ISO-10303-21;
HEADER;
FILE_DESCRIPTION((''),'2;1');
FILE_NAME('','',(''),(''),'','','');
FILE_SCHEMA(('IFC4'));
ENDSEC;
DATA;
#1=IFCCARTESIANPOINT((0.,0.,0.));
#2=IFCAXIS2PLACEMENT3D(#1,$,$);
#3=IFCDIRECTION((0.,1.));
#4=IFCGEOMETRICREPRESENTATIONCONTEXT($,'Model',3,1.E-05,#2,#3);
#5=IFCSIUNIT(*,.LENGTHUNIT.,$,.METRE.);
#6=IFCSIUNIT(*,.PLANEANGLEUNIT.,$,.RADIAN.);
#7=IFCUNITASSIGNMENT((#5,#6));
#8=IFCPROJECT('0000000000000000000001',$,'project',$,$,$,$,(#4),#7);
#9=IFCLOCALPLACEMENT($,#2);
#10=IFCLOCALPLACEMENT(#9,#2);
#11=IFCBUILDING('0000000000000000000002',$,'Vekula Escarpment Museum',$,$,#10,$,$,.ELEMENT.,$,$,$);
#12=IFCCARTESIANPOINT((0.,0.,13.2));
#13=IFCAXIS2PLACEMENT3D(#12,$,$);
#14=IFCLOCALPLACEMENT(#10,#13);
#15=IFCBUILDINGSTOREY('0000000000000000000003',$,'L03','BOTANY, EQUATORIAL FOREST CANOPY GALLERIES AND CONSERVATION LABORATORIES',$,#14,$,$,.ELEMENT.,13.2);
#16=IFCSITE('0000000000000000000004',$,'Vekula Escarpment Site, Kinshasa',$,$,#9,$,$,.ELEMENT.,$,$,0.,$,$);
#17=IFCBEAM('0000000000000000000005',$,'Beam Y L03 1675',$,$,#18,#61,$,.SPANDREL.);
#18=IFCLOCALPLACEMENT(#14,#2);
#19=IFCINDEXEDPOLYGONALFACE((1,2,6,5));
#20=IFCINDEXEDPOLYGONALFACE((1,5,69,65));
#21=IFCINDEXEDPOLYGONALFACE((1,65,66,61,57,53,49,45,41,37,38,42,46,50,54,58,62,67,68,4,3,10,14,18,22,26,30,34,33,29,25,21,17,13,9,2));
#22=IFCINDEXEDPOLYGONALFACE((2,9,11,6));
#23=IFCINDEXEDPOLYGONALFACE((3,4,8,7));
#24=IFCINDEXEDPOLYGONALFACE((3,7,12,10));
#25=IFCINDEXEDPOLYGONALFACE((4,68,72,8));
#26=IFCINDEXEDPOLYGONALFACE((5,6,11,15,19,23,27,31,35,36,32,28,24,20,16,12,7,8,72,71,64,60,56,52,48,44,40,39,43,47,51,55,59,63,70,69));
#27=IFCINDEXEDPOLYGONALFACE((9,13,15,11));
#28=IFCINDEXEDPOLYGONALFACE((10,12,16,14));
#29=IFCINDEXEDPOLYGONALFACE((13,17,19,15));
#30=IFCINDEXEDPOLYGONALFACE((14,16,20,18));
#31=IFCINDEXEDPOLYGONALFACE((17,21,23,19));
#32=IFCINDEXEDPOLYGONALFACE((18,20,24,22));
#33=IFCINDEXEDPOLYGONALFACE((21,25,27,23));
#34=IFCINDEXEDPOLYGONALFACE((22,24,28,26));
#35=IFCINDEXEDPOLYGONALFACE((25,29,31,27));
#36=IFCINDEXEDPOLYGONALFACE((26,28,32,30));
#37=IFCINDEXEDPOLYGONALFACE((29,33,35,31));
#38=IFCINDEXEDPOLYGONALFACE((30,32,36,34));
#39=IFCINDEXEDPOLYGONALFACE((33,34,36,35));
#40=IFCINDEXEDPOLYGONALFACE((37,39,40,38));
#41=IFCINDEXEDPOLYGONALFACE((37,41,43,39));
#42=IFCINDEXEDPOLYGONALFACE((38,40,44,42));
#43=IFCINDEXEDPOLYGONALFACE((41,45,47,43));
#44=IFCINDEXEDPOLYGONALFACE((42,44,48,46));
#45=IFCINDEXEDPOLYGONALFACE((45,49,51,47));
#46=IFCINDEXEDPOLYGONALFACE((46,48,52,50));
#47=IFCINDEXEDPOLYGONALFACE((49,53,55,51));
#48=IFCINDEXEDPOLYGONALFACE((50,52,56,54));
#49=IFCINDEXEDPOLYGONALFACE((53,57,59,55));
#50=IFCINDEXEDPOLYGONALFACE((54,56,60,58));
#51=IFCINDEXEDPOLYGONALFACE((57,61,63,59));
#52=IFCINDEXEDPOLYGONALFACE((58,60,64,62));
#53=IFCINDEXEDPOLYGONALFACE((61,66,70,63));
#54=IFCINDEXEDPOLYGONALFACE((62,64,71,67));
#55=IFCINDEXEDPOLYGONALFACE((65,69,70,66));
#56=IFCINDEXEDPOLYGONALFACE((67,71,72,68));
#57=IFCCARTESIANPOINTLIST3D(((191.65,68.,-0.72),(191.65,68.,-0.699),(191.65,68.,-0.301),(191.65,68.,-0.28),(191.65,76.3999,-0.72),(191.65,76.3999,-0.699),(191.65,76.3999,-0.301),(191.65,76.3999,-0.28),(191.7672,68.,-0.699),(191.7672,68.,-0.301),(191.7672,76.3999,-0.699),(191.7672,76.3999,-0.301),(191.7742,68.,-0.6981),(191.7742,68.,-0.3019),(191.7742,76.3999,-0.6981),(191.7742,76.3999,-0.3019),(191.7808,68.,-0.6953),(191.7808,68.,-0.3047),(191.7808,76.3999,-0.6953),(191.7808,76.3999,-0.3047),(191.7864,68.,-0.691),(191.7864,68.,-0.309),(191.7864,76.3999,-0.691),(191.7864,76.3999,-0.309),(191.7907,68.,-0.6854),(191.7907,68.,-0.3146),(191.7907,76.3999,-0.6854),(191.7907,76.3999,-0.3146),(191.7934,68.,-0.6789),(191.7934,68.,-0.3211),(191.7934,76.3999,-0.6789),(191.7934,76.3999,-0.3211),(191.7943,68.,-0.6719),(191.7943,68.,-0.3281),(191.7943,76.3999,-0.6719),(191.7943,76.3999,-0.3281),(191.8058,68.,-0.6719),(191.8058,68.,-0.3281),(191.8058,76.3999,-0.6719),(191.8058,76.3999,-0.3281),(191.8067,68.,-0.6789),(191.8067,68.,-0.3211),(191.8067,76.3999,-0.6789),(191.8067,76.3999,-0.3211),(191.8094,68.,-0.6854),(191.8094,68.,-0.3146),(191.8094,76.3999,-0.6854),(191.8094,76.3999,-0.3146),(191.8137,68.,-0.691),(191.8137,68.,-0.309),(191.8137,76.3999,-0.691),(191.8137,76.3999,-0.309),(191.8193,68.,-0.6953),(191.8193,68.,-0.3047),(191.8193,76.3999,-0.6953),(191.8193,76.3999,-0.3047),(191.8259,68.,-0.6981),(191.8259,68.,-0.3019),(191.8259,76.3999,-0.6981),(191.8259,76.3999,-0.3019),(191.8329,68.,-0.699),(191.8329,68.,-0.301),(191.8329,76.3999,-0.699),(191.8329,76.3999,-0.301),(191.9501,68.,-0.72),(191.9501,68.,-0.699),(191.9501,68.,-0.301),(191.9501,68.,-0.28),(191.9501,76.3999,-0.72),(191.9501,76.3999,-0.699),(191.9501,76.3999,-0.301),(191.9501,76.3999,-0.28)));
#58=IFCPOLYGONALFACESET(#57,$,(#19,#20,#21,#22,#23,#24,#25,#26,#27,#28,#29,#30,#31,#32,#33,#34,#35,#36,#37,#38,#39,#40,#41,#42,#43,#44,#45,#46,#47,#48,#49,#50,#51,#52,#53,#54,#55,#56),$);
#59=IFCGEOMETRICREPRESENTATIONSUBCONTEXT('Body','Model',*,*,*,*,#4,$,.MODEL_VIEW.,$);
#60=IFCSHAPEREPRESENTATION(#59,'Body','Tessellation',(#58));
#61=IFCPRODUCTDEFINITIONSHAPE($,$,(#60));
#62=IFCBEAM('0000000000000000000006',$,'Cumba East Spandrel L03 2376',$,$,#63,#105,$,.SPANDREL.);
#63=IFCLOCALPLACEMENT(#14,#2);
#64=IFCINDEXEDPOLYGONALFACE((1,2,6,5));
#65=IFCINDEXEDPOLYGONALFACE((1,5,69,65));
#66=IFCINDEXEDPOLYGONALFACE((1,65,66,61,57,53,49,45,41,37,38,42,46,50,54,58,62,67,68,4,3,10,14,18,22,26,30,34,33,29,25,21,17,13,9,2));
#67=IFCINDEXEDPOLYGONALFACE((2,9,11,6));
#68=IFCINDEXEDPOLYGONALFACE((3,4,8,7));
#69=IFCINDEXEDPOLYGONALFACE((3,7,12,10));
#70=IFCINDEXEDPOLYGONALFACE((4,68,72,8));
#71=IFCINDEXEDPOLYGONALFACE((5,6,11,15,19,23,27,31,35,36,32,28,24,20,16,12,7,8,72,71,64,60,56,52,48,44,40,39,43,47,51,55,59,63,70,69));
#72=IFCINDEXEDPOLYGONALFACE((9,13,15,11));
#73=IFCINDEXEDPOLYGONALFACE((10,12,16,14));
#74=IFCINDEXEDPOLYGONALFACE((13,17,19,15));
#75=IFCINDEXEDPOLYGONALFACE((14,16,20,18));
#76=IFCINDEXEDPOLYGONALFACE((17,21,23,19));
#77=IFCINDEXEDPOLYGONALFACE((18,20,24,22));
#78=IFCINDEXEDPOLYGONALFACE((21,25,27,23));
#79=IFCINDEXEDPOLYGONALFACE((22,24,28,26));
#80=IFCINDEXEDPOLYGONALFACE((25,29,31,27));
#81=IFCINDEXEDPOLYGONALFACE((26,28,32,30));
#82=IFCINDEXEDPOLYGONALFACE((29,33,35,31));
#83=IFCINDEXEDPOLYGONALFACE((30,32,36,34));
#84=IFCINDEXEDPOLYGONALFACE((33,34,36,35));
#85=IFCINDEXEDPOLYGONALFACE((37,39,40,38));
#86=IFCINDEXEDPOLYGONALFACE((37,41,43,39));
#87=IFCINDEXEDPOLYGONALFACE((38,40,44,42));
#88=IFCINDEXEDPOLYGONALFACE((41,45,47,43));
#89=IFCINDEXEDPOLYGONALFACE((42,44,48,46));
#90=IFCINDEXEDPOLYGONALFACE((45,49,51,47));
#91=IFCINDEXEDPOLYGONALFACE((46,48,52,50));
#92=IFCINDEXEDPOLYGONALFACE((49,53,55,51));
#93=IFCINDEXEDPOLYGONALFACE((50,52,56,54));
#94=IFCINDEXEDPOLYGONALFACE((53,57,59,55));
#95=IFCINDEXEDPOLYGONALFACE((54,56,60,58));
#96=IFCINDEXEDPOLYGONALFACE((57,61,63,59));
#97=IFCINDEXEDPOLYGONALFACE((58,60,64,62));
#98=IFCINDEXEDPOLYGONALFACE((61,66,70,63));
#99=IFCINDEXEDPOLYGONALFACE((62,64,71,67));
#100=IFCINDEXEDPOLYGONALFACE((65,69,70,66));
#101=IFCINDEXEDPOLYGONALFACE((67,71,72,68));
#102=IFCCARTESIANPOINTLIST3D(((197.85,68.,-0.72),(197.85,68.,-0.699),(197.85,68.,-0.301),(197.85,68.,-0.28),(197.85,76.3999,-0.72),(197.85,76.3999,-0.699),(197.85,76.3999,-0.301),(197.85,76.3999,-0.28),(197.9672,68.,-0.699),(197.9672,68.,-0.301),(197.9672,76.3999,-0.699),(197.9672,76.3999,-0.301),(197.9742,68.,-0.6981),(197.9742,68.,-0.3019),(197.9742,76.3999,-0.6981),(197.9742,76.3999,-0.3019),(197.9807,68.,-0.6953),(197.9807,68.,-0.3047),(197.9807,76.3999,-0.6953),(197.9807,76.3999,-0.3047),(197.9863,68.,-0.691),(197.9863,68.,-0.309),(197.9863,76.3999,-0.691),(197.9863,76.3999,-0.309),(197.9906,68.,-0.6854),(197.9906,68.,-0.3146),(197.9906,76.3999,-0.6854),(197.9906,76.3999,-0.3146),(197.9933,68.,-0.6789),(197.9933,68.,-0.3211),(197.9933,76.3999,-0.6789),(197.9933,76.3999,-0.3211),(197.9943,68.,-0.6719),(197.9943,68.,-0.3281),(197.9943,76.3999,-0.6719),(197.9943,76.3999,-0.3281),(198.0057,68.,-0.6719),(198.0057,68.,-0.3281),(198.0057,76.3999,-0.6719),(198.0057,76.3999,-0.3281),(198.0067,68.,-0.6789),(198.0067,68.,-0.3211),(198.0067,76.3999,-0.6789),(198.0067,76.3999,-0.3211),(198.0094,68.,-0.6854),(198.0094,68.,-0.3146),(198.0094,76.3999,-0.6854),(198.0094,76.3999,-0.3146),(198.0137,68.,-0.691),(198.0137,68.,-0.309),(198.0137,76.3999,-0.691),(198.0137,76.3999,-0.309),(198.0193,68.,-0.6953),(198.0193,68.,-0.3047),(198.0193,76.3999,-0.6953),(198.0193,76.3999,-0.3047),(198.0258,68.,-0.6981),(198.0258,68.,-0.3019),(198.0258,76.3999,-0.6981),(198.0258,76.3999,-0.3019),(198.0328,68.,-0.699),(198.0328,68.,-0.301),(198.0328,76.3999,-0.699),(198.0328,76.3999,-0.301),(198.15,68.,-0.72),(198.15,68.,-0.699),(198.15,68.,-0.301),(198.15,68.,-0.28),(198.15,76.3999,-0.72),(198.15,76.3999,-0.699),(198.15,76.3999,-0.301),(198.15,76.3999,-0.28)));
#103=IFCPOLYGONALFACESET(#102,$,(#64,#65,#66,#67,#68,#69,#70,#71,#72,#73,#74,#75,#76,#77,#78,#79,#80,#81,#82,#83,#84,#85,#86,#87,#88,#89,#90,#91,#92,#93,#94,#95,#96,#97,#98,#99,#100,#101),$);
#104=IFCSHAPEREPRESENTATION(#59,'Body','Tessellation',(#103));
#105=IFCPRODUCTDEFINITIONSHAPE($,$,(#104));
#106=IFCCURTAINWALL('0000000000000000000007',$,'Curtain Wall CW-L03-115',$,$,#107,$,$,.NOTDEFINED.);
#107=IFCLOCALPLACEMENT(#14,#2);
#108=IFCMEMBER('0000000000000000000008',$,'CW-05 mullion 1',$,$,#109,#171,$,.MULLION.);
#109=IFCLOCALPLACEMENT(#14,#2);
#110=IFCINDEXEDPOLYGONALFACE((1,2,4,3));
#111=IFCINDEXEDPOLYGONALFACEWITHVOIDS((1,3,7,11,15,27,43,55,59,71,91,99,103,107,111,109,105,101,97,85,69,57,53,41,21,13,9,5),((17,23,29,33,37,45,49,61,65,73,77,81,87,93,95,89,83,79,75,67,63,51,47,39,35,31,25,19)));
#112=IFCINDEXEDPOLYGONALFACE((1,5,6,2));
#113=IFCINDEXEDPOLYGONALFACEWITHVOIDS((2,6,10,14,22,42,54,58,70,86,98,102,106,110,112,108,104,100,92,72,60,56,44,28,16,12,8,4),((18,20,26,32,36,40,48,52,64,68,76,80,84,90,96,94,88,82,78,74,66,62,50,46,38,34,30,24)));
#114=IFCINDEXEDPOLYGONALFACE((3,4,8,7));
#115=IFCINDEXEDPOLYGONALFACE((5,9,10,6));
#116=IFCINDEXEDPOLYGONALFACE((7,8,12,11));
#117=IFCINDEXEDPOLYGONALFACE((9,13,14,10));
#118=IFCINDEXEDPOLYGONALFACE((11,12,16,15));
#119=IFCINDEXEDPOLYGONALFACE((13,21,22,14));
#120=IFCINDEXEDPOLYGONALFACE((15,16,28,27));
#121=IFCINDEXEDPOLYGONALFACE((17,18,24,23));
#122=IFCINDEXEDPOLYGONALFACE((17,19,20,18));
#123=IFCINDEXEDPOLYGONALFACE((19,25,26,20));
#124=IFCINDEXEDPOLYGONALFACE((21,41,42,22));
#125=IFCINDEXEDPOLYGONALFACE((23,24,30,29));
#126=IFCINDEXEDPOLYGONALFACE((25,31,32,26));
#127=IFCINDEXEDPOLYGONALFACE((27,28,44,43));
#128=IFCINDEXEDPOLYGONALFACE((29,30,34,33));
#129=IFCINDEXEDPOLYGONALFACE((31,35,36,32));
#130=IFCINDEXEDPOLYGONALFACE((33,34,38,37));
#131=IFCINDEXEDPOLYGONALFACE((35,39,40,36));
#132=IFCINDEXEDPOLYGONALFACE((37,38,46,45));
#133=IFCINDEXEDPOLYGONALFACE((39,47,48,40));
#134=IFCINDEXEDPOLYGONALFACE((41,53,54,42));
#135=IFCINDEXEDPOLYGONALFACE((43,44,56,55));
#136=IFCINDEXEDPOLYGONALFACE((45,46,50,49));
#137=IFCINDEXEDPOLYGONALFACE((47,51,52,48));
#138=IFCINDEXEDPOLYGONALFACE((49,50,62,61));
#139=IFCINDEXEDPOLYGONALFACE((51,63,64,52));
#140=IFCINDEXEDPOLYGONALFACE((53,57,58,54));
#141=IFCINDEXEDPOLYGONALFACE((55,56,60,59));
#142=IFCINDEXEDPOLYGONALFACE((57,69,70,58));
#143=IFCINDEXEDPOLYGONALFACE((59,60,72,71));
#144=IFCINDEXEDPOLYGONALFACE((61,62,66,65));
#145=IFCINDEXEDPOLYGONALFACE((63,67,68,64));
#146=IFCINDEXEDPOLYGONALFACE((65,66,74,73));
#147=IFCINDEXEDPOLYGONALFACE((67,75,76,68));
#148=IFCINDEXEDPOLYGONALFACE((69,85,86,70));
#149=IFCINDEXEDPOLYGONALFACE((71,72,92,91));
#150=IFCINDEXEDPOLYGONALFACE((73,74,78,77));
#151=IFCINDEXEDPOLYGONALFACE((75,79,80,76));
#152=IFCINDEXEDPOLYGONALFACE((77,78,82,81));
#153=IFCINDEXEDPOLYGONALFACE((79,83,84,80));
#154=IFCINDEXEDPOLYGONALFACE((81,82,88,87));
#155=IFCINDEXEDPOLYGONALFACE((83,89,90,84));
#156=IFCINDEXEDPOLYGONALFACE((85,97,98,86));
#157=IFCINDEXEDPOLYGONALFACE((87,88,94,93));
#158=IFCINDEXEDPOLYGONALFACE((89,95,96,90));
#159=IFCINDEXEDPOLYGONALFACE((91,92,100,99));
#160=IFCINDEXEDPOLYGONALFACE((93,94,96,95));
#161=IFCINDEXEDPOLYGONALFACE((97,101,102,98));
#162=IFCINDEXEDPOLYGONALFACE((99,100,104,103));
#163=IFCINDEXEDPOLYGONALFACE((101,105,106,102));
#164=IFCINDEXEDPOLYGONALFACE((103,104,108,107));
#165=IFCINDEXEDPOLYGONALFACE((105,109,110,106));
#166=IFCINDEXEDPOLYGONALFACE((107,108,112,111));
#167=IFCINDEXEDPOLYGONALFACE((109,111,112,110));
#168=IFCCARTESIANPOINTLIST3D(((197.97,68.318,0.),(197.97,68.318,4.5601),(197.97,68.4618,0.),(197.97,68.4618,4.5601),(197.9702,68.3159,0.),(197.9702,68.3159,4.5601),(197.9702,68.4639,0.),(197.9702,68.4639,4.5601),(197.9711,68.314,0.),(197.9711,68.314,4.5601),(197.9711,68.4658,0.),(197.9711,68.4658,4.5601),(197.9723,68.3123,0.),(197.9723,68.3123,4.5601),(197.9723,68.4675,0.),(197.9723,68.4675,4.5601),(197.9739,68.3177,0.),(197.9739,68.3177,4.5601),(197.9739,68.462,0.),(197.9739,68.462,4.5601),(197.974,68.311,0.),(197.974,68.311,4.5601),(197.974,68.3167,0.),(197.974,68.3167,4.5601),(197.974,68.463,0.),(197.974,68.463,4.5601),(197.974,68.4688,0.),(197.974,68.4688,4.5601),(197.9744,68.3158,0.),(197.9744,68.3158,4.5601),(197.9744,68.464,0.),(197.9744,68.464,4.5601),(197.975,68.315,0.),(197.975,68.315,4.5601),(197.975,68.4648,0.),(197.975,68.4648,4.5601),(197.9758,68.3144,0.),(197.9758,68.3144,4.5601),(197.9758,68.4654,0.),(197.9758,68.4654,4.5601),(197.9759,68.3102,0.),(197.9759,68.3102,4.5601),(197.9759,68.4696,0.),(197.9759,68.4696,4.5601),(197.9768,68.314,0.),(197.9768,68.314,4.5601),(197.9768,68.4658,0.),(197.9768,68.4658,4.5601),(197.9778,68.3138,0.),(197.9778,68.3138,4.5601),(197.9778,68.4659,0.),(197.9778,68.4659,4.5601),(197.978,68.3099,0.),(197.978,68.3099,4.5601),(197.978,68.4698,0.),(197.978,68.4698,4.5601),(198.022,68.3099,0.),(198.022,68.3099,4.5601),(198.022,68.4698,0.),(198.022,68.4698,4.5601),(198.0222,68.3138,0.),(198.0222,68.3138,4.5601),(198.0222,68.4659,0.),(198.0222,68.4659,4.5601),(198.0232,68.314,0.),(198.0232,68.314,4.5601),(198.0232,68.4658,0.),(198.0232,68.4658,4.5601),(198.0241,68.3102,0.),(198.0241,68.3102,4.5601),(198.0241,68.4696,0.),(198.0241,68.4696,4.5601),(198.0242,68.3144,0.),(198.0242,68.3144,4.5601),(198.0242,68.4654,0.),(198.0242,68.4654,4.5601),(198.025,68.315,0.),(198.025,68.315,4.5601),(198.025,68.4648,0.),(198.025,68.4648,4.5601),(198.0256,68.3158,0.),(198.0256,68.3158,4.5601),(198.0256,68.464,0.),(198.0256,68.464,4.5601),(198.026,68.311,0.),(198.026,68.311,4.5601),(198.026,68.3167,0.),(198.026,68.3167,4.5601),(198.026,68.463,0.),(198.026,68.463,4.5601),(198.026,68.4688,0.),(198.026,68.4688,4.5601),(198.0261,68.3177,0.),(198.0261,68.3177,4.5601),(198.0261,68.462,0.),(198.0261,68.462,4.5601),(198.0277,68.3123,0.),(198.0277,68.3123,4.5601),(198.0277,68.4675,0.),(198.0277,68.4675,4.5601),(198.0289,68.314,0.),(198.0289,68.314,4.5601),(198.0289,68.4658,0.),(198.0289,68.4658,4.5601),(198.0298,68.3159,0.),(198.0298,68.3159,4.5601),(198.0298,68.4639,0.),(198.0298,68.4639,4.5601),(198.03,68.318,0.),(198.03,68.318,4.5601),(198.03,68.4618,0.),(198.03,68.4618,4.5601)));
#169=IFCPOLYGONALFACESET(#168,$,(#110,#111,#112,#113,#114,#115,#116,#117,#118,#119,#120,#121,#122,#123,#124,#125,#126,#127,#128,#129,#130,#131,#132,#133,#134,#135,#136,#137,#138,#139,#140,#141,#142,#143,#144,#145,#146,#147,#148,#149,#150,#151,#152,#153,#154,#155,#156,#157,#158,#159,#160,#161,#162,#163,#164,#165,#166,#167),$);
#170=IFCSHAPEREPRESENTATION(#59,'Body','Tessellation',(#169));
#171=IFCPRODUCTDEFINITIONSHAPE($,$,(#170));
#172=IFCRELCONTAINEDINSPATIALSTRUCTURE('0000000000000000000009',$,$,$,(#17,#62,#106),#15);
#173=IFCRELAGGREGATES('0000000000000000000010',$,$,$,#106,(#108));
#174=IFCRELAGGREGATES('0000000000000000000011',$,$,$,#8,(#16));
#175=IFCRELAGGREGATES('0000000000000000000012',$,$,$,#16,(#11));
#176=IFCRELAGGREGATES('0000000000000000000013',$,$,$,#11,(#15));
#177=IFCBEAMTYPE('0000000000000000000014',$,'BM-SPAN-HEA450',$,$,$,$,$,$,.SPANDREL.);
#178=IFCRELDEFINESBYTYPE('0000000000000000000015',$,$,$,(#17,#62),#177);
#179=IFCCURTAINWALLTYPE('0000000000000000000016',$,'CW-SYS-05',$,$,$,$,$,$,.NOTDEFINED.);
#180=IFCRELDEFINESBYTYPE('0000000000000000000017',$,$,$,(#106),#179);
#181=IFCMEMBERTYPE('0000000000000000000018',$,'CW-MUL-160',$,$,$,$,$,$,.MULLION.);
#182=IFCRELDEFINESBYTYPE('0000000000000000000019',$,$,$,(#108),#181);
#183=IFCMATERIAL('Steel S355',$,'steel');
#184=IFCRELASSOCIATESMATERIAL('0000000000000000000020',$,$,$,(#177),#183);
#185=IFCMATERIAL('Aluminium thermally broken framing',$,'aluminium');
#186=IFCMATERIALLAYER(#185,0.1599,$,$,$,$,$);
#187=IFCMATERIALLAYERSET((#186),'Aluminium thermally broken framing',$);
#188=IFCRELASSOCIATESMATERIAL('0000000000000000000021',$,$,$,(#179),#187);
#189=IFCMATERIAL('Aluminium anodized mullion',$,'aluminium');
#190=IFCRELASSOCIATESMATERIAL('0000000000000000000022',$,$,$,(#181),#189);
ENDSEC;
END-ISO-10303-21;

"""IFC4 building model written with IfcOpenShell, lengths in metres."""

from ifc_helpers import new_model, si_unit, direction, frame, origin, origin_2d, place, context, subcontext, project, spatial, hollow_rectangle, i_section, extrude, material, layer, layer_set, material_profile, profile_set, type_object, element, aggregate, save


model = new_model("IFC4")

# Units and contexts
model_context = context("Model", 3, precision=1e-05, world=origin(), true_north=direction((0.0, 1.0)))
body_context = subcontext(model_context, "Body", "Model", "MODEL_VIEW")
ifc_project = project(units=[si_unit("LENGTHUNIT", "METRE"), si_unit("PLANEANGLEUNIT", "RADIAN")], contexts=[model_context])

# Site, building, storey
site_placement = place(None, origin())
site = spatial("IfcSite", under=ifc_project, at=site_placement, Name="Vekula Escarpment Site, Kinshasa", CompositionType="ELEMENT", RefElevation=0.0)
building_placement = place(site_placement, origin())
building = spatial("IfcBuilding", under=site, at=building_placement, Name="Vekula Escarpment Museum", CompositionType="ELEMENT")
storey_placement = place(building_placement, frame((0.0, 0.0, 13.2)))
storey = spatial("IfcBuildingStorey", under=building, at=storey_placement, Name="L03", Description="BOTANY, EQUATORIAL FOREST CANOPY GALLERIES AND CONSERVATION LABORATORIES", CompositionType="ELEMENT", Elevation=13.2)

# Beams
ifc_material_1 = material(Name="Steel S355", Category="steel")
ifc_material_profile_1 = material_profile(ifc_material_1, i_section(OverallWidth=0.3, OverallDepth=0.4399, WebThickness=0.0115, FlangeThickness=0.021, FilletRadius=0.0271, at=origin_2d()), Name="HEA 450")
ifc_profile_set_1 = profile_set([ifc_material_profile_1], Name="Steel S355")
beam_type_1 = type_object("IfcBeamType", Name="BM-SPAN-HEA450", PredefinedType="SPANDREL", material=ifc_profile_set_1)
for number, where, z_axis, x_axis, name in (
    (1, (191.8, 68.0, -0.5), (0.0, 1.0, 0.0), (-1.0, 0.0, 0.0), "Beam Y L03 1675"),
    (2, (198.0, 68.0, -0.5), (0.0, 1.0, 0.0), (-1.0, 0.0, 0.0), "Cumba East Spandrel L03 2376"),
):
    element("IfcBeam", number, at=place(storey_placement, frame(where, z_axis=z_axis, x_axis=x_axis)), inside=storey, type_object=beam_type_1, Name=name, PredefinedType="SPANDREL", context=body_context, shape_type="SweptSolid", body=[
        extrude(i_section(OverallWidth=0.3, OverallDepth=0.4399, WebThickness=0.0115, FlangeThickness=0.021, FilletRadius=0.0271, at=origin_2d()), origin(), (0.0, 0.0, 1.0), 8.3999),
    ])

# Curtain wall, member
ifc_material_2 = material(Name="Aluminium thermally broken framing", Category="aluminium")
ifc_layer_1 = layer(ifc_material_2, 0.1599)
ifc_layer_set_1 = layer_set([ifc_layer_1], Name="Aluminium thermally broken framing")
curtain_wall_type = type_object("IfcCurtainWallType", Name="CW-SYS-05", PredefinedType="NOTDEFINED", material=ifc_layer_set_1)
curtain_wall_placement = place(storey_placement, origin())
curtain_wall = element("IfcCurtainWall", 3, at=curtain_wall_placement, inside=storey, type_object=curtain_wall_type, Name="Curtain Wall CW-L03-115", PredefinedType="NOTDEFINED")
ifc_material_3 = material(Name="Aluminium anodized mullion", Category="aluminium")
ifc_material_profile_2 = material_profile(ifc_material_3, hollow_rectangle(XDim=0.0601, YDim=0.1599, WallThickness=0.0039, InnerFilletRadius=0.0039, OuterFilletRadius=0.0081, at=origin_2d()), Name="ALU 160x60x4")
ifc_profile_set_2 = profile_set([ifc_material_profile_2], Name="Aluminium anodized mullion")
member_type_1 = type_object("IfcMemberType", Name="CW-MUL-160", PredefinedType="MULLION", material=ifc_profile_set_2)
member_1_placement = place(storey_placement, frame((198.0, 68.3899, 0.0), z_axis=(0.0, 0.0, 1.0), x_axis=(-1.0, 0.0, 0.0)))
member_1 = element("IfcMember", 4, at=member_1_placement, type_object=member_type_1, Name="CW-05 mullion 1", PredefinedType="MULLION", context=body_context, shape_type="SweptSolid", body=[
    extrude(hollow_rectangle(XDim=0.0601, YDim=0.1599, WallThickness=0.0039, InnerFilletRadius=0.0039, OuterFilletRadius=0.0081, at=origin_2d()), origin(), (0.0, 0.0, 1.0), 4.5601),
])
aggregate(curtain_wall, [member_1])

save(model, "model.ifc")
